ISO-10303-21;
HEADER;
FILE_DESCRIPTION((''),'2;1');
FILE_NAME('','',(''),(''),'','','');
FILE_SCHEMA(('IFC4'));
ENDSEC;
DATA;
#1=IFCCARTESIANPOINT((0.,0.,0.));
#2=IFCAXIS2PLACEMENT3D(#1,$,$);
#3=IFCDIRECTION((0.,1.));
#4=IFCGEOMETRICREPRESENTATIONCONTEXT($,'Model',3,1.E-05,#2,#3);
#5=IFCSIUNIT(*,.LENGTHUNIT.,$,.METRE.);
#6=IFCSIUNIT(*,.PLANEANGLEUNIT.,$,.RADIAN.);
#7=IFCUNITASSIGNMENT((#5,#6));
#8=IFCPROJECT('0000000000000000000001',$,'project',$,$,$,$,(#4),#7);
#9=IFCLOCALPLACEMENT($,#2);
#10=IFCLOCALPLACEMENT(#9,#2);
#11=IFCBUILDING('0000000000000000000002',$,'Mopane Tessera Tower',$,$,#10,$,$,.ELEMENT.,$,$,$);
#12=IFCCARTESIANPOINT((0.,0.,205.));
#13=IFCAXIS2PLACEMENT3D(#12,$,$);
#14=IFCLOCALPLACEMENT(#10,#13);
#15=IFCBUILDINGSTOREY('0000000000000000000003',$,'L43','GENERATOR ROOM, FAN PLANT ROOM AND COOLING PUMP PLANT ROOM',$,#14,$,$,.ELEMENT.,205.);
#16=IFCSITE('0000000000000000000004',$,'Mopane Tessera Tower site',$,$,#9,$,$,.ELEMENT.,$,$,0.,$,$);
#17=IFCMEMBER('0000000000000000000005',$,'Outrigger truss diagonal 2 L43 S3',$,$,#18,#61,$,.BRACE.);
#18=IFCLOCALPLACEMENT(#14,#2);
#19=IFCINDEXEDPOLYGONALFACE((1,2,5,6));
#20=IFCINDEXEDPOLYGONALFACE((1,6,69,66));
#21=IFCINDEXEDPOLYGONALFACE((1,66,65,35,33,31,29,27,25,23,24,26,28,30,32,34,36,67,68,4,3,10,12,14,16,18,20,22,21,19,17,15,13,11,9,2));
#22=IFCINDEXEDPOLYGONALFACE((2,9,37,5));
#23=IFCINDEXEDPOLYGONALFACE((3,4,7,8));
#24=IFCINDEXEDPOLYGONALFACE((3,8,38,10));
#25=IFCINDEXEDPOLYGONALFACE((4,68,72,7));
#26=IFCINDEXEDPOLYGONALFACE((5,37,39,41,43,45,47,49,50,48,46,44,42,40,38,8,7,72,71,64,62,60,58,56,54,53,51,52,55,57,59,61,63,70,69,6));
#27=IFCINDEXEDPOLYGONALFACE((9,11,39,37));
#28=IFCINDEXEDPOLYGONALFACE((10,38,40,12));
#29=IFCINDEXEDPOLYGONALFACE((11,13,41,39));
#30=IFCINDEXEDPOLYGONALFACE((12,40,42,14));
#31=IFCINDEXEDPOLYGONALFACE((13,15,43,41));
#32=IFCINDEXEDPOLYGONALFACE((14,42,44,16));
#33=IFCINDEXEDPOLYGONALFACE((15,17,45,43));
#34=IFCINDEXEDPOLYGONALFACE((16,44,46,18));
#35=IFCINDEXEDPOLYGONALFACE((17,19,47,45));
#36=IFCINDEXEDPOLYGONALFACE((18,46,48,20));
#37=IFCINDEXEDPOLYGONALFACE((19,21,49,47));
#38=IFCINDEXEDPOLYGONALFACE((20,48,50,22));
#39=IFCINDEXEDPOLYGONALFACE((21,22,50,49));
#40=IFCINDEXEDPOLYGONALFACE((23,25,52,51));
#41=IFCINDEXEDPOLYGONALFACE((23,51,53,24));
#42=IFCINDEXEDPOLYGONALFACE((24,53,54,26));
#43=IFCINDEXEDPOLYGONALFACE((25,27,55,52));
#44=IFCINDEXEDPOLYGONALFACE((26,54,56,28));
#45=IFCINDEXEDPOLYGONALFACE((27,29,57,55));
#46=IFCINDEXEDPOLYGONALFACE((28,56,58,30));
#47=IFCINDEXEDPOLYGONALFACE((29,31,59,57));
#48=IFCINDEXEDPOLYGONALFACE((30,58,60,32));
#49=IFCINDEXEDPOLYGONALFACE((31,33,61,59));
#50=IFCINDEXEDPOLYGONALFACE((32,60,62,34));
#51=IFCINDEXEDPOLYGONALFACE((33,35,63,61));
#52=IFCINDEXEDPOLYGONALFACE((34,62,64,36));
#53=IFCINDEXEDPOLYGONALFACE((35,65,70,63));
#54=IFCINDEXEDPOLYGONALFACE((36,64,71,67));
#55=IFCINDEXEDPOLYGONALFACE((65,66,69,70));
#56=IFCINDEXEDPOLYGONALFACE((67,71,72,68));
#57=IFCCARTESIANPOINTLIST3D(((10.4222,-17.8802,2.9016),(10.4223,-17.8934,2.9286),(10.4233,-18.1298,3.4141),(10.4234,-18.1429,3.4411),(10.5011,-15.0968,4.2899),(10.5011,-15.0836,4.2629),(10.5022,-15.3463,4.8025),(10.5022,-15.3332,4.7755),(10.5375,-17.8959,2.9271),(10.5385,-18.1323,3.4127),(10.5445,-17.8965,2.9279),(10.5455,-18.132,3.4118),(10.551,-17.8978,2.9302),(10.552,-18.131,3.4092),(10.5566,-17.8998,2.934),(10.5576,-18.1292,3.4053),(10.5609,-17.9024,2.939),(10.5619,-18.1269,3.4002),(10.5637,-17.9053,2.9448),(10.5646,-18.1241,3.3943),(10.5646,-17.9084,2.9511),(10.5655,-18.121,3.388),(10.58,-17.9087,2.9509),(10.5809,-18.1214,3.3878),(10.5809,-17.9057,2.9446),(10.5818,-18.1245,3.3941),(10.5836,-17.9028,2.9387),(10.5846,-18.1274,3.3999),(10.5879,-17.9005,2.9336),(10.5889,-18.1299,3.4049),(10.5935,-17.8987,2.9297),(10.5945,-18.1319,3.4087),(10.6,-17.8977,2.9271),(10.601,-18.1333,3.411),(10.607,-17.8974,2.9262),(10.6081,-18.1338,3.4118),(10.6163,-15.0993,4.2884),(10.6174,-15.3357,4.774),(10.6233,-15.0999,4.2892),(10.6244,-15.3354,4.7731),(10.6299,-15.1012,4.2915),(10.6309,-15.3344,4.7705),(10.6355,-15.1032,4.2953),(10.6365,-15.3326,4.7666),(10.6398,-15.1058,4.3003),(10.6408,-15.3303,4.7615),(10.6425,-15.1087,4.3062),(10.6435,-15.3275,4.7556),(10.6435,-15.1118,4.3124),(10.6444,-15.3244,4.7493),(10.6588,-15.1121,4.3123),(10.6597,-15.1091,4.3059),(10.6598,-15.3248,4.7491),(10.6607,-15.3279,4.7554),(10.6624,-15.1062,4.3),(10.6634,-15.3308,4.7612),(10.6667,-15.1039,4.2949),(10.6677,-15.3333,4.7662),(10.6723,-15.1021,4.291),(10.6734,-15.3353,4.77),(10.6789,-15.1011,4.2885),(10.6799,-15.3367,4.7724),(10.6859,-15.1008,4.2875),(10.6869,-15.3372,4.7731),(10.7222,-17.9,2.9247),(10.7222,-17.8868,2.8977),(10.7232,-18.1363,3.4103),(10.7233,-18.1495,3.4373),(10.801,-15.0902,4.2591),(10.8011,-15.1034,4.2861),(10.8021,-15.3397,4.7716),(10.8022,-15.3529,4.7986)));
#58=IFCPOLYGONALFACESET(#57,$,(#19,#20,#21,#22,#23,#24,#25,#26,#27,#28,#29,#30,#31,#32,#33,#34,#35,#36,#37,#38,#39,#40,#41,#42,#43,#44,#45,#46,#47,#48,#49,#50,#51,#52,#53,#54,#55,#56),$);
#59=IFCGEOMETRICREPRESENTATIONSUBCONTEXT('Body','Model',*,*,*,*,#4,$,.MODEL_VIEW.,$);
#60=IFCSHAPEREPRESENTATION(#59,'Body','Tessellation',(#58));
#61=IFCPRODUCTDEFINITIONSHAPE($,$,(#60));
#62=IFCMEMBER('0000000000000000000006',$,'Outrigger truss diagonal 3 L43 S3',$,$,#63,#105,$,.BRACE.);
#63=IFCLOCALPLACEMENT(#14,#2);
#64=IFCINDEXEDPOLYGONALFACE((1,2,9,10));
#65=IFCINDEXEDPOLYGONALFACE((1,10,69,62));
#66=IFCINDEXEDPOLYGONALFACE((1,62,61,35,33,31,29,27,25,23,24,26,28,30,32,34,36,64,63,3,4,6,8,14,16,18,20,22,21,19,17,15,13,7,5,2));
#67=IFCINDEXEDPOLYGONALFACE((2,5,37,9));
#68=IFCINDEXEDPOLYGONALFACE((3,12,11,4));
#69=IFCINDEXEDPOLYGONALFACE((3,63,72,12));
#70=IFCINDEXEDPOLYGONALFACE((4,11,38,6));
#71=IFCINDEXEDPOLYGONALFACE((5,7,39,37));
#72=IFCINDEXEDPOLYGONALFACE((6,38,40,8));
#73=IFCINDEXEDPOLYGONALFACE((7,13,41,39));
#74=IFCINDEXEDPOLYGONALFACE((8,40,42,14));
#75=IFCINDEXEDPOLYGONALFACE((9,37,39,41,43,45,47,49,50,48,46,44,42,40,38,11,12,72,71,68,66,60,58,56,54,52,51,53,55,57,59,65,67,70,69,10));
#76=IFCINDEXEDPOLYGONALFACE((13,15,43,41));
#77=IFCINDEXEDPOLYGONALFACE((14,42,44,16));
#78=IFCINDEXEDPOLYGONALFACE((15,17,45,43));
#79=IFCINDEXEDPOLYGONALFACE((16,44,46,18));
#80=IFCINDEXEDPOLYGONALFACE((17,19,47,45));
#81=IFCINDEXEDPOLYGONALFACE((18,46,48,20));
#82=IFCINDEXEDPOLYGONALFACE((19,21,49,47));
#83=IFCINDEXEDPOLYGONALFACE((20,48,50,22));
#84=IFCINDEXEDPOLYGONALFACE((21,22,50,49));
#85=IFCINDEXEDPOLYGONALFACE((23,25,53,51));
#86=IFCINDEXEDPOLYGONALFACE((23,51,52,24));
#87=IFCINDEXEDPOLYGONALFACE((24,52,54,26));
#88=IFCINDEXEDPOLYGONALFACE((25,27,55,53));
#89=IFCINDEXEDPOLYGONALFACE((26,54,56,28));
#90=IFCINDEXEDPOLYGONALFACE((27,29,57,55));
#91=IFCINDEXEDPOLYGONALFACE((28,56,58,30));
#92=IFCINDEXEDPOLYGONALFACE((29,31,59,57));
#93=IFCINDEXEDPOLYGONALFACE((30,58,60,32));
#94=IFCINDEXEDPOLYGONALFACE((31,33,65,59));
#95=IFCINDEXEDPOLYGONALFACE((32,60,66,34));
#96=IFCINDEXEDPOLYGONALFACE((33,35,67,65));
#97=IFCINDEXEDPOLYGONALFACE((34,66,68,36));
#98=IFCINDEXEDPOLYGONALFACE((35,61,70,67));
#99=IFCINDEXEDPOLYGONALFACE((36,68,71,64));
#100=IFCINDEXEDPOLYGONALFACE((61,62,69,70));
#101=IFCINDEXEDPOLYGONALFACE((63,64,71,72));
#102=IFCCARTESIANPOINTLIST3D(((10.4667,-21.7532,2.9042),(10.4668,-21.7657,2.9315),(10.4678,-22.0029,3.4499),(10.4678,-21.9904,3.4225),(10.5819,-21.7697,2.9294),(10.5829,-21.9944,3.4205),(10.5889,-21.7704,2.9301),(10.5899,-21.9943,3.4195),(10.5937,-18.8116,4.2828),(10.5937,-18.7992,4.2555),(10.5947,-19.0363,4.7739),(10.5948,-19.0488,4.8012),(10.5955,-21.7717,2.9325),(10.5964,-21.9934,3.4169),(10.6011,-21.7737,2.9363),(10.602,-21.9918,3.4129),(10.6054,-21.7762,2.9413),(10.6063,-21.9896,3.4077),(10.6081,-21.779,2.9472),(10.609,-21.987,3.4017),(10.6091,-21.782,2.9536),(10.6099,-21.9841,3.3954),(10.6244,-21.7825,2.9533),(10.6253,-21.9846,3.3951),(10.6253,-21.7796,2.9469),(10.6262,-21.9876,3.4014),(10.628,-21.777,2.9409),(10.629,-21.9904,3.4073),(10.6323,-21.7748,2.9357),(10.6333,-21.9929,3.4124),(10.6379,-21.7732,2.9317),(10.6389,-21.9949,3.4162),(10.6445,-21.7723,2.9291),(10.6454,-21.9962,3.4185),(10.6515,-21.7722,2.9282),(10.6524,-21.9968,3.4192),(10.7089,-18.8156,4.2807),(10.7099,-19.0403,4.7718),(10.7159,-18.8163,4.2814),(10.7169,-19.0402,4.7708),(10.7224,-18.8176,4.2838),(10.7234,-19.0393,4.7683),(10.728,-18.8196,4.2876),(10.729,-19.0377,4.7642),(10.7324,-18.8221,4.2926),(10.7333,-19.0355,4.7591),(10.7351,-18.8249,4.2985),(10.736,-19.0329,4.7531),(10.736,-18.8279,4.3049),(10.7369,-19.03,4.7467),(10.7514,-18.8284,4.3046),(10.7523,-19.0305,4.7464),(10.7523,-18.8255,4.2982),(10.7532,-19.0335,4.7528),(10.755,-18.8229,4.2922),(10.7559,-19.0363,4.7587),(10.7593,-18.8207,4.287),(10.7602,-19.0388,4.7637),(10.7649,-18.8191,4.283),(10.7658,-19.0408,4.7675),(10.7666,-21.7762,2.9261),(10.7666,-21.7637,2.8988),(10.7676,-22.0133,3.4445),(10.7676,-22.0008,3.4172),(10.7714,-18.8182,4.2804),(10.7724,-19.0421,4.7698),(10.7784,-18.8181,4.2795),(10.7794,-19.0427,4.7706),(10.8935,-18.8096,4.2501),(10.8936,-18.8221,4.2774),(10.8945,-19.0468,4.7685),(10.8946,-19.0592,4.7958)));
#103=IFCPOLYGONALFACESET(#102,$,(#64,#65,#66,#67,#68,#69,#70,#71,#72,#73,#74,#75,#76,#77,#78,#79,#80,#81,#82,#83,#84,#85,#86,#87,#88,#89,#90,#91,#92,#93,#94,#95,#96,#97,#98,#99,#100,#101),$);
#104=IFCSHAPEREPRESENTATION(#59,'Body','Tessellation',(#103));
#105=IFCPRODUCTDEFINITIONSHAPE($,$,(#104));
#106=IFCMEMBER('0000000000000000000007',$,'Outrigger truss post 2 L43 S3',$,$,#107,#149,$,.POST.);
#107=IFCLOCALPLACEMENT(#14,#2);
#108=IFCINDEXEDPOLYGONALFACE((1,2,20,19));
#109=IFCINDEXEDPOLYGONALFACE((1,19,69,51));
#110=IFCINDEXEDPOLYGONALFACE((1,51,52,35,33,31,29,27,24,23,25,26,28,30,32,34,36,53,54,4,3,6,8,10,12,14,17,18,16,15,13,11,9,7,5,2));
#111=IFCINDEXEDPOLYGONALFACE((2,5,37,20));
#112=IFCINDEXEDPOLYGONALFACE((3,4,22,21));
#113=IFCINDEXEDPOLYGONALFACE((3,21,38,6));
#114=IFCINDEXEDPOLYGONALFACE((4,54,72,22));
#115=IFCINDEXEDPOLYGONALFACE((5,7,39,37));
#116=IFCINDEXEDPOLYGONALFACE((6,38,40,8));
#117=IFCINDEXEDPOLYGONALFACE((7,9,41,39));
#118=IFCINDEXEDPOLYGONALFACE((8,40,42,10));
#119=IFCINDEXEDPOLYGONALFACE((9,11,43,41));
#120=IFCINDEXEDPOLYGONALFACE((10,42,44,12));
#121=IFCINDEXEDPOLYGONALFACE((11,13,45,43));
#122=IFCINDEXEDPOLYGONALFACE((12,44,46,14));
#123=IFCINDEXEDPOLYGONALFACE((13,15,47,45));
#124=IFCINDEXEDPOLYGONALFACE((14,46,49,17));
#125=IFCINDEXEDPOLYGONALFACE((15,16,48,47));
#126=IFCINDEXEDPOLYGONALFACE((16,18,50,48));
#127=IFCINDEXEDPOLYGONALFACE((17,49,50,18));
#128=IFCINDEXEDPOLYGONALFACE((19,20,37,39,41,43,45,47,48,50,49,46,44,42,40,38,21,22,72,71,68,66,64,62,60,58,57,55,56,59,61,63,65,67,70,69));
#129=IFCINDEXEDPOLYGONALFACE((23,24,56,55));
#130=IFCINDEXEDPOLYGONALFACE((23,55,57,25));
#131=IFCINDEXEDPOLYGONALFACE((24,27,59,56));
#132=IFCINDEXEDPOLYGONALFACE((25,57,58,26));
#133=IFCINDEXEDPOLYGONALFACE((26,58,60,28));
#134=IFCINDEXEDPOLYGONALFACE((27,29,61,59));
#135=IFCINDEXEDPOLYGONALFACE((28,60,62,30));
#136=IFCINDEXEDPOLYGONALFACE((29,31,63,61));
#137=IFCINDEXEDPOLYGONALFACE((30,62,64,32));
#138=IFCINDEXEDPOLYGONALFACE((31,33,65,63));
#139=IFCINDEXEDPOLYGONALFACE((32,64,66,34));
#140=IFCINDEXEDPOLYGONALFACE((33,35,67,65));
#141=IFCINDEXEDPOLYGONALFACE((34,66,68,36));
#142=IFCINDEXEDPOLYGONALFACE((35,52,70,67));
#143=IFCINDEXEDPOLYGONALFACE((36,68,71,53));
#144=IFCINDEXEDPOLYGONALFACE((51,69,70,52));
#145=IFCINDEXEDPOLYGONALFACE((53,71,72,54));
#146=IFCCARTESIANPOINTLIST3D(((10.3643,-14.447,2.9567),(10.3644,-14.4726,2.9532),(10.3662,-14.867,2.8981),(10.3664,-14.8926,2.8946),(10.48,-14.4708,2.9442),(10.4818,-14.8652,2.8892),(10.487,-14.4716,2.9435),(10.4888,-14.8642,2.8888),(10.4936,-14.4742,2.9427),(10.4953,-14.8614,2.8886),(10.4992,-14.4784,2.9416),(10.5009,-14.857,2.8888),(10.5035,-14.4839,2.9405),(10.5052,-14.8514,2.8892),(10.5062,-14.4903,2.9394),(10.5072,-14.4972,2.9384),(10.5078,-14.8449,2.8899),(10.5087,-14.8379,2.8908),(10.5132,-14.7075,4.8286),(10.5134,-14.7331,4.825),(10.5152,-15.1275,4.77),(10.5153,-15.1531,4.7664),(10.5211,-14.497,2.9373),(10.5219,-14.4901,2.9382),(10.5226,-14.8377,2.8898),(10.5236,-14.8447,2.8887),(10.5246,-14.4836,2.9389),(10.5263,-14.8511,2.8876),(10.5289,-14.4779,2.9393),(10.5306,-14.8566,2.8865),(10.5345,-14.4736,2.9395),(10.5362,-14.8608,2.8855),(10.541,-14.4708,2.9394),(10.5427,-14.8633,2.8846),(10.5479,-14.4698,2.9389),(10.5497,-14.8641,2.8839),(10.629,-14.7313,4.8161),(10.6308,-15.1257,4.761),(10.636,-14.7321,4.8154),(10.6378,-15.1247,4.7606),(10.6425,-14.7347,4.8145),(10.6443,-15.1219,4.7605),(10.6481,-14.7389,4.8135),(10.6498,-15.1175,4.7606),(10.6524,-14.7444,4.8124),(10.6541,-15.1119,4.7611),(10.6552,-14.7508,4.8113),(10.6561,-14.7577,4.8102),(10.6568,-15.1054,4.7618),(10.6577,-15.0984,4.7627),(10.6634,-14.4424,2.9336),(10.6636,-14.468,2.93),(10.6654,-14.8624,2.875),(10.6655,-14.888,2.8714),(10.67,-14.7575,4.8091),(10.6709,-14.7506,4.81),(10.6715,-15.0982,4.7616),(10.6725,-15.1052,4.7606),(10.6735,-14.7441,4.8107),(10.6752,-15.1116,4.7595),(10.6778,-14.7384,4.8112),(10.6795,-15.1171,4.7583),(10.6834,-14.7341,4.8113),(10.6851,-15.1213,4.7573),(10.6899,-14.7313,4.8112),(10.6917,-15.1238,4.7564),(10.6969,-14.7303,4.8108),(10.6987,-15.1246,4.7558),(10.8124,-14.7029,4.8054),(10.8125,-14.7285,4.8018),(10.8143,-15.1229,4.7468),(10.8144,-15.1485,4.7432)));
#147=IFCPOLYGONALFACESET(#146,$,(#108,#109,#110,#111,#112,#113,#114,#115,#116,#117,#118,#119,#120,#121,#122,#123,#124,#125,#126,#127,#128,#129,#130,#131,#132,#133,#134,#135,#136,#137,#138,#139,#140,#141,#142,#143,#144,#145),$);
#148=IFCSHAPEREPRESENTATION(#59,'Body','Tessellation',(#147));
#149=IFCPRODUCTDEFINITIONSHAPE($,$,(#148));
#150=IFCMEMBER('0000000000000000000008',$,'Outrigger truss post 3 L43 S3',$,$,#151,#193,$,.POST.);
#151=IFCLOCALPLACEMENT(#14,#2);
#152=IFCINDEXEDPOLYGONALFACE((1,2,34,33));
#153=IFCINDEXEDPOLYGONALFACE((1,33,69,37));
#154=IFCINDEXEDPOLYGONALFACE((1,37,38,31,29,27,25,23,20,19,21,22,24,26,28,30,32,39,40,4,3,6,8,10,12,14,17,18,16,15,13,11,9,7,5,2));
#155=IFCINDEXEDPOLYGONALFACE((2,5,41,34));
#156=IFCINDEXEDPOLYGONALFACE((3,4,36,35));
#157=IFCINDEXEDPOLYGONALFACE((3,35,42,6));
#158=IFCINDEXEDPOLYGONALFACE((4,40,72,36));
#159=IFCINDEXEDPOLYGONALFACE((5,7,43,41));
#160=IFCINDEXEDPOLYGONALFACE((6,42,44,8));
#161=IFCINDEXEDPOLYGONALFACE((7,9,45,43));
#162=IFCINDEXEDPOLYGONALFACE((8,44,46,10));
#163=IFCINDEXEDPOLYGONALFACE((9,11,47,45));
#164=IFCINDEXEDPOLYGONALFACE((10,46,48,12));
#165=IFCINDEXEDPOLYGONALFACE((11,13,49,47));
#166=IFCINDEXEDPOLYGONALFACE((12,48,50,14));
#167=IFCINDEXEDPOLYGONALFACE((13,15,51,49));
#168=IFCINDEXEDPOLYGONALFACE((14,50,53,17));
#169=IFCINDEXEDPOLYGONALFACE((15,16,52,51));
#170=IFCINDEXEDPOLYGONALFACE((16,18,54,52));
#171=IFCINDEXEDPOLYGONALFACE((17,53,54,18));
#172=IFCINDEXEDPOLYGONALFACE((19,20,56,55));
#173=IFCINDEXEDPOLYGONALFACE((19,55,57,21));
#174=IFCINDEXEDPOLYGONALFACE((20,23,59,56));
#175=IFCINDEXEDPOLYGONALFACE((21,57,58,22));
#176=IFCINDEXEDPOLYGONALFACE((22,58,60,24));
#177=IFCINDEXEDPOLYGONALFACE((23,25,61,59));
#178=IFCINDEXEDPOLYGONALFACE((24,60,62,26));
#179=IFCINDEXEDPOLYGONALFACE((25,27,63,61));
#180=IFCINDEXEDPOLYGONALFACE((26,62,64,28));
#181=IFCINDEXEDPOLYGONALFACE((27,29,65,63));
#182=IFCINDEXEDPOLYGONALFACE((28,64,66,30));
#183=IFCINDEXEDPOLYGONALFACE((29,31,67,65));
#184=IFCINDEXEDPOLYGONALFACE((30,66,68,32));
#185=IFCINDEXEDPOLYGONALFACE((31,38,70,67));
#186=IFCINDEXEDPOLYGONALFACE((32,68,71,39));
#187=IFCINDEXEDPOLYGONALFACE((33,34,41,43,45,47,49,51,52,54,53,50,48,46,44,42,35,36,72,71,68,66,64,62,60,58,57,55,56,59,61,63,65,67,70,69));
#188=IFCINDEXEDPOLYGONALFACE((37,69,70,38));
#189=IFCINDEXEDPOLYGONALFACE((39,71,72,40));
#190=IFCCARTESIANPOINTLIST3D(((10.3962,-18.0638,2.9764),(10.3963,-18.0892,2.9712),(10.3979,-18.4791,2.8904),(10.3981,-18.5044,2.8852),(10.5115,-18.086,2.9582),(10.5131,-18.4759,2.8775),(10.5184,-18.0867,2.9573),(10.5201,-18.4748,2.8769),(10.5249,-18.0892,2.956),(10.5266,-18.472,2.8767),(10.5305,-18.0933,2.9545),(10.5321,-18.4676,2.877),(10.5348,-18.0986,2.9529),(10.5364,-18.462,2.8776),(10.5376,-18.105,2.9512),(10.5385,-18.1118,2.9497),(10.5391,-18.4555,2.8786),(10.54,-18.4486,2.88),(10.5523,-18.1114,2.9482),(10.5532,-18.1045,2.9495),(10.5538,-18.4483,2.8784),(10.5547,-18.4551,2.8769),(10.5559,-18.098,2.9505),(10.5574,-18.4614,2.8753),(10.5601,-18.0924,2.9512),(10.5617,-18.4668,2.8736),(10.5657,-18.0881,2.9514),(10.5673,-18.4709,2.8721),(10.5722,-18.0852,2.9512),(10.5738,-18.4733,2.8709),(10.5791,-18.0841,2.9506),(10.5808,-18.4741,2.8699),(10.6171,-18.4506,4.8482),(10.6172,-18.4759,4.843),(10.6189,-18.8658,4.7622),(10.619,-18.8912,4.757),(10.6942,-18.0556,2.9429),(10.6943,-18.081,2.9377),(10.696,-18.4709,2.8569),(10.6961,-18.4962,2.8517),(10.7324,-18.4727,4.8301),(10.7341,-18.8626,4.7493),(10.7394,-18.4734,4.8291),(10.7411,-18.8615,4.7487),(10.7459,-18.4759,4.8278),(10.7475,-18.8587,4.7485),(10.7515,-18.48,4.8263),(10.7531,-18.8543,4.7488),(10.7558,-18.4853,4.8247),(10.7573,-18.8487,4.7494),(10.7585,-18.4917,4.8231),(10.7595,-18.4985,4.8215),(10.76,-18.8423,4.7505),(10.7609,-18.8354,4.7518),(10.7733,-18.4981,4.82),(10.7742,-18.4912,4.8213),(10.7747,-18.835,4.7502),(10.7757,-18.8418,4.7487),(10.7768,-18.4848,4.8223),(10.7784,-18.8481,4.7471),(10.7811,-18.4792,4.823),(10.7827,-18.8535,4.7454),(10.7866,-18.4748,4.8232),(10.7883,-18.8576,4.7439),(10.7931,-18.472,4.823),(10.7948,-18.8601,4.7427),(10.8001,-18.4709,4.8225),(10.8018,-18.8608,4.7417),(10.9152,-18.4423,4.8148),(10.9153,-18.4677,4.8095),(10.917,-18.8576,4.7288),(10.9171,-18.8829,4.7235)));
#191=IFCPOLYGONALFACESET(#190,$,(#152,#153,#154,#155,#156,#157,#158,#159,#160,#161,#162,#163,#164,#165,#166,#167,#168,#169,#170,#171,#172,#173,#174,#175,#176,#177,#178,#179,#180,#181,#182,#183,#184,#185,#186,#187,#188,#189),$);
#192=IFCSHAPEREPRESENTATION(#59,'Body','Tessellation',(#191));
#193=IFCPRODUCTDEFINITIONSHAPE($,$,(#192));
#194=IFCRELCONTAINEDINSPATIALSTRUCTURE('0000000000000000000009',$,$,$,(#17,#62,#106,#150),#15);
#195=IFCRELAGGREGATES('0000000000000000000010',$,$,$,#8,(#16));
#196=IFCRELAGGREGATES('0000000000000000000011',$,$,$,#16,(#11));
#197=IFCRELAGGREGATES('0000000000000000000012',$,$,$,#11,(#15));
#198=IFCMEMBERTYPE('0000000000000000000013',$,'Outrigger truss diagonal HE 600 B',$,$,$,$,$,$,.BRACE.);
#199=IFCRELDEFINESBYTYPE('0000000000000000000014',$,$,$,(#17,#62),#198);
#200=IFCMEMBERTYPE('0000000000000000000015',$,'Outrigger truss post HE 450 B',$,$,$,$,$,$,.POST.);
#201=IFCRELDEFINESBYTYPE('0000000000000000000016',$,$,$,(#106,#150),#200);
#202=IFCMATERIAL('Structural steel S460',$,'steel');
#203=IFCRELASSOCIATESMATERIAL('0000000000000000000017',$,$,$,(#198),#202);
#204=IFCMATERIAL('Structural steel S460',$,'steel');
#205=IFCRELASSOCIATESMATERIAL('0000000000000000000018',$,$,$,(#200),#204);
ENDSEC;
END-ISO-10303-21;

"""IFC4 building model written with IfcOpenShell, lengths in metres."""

from ifc_helpers import new_model, si_unit, direction, frame, origin, origin_2d, place, context, subcontext, project, spatial, i_section, extrude, material, material_profile, profile_set, type_object, element, save


model = new_model("IFC4")

# Units and contexts
model_context = context("Model", 3, precision=1e-05, world=origin(), true_north=direction((0.0, 1.0)))
body_context = subcontext(model_context, "Body", "Model", "MODEL_VIEW")
ifc_project = project(units=[si_unit("LENGTHUNIT", "METRE"), si_unit("PLANEANGLEUNIT", "RADIAN")], contexts=[model_context])

# Site, building, storey
site_placement = place(None, origin())
site = spatial("IfcSite", under=ifc_project, at=site_placement, Name="Mopane Tessera Tower site", CompositionType="ELEMENT", RefElevation=0.0)
building_placement = place(site_placement, origin())
building = spatial("IfcBuilding", under=site, at=building_placement, Name="Mopane Tessera Tower", CompositionType="ELEMENT")
storey_placement = place(building_placement, frame((0.0, 0.0, 205.0)))
storey = spatial("IfcBuildingStorey", under=building, at=storey_placement, Name="L43", Description="GENERATOR ROOM, FAN PLANT ROOM AND COOLING PUMP PLANT ROOM", CompositionType="ELEMENT", Elevation=205.0)

# Members
ifc_material_1 = material(Name="Structural steel S460", Category="steel")
ifc_material_profile_1 = material_profile(ifc_material_1, i_section(OverallWidth=0.3, OverallDepth=0.6001, WebThickness=0.0154, FlangeThickness=0.03, FilletRadius=0.0271, at=origin_2d()))
ifc_profile_set_1 = profile_set([ifc_material_profile_1], Name="Structural steel S460")
member_type_1 = type_object("IfcMemberType", Name="Outrigger truss diagonal HE 600 B", PredefinedType="BRACE", material=ifc_profile_set_1)
member_1_placement = place(storey_placement, frame((10.6516, -15.2183, 4.5308), z_axis=(-0.025345, -0.898844, -0.437534), x_axis=(0.999677, -0.021947, -0.012822)))
element("IfcMember", 1, at=member_1_placement, inside=storey, type_object=member_type_1, Name="Outrigger truss diagonal 2 L43 S3", PredefinedType="BRACE", context=body_context, shape_type="SweptSolid", body=[
    extrude(i_section(OverallWidth=0.3, OverallDepth=0.6001, WebThickness=0.0154, FlangeThickness=0.03, FilletRadius=0.0271, at=origin_2d()), origin(), (0.0, 0.0, 1.0), 3.1113),
])
member_2_placement = place(storey_placement, frame((10.7441, -18.9292, 4.5256), z_axis=(-0.039051, -0.908679, -0.415664), x_axis=(0.999236, -0.034755, -0.017899)))
element("IfcMember", 2, at=member_2_placement, inside=storey, type_object=member_type_1, Name="Outrigger truss diagonal 3 L43 S3", PredefinedType="BRACE", context=body_context, shape_type="SweptSolid", body=[
    extrude(i_section(OverallWidth=0.3, OverallDepth=0.6001, WebThickness=0.0154, FlangeThickness=0.03, FilletRadius=0.0271, at=origin_2d()), origin(), (0.0, 0.0, 1.0), 3.251),
])
ifc_material_2 = material(Name="Structural steel S460", Category="steel")
ifc_material_profile_2 = material_profile(ifc_material_2, i_section(OverallWidth=0.3, OverallDepth=0.45, WebThickness=0.0139, FlangeThickness=0.0259, FilletRadius=0.0271, at=origin_2d()))
ifc_profile_set_2 = profile_set([ifc_material_profile_2], Name="Structural steel S460")
member_type_2 = type_object("IfcMemberType", Name="Outrigger truss post HE 450 B", PredefinedType="POST", material=ifc_profile_set_2)
member_3_placement = place(storey_placement, frame((10.5149, -14.6675, 2.9141), z_axis=(0.078559, -0.137413, 0.987394), x_axis=(0.996899, 0.015324, -0.077183)))
element("IfcMember", 3, at=member_3_placement, inside=storey, type_object=member_type_2, Name="Outrigger truss post 2 L43 S3", PredefinedType="POST", context=body_context, shape_type="SweptSolid", body=[
    extrude(i_section(OverallWidth=0.3, OverallDepth=0.45, WebThickness=0.0139, FlangeThickness=0.0259, FilletRadius=0.0271, at=origin_2d()), origin(), (0.0, 0.0, 1.0), 1.8958),
])
member_4_placement = place(storey_placement, frame((10.5461, -18.28, 2.9141), z_axis=(0.114832, -0.200988, 0.97284), x_axis=(0.993376, 0.027374, -0.111601)))
element("IfcMember", 4, at=member_4_placement, inside=storey, type_object=member_type_2, Name="Outrigger truss post 3 L43 S3", PredefinedType="POST", context=body_context, shape_type="SweptSolid", body=[
    extrude(i_section(OverallWidth=0.3, OverallDepth=0.45, WebThickness=0.0139, FlangeThickness=0.0259, FilletRadius=0.0271, at=origin_2d()), origin(), (0.0, 0.0, 1.0), 1.9241),
])

save(model, "model.ifc")
